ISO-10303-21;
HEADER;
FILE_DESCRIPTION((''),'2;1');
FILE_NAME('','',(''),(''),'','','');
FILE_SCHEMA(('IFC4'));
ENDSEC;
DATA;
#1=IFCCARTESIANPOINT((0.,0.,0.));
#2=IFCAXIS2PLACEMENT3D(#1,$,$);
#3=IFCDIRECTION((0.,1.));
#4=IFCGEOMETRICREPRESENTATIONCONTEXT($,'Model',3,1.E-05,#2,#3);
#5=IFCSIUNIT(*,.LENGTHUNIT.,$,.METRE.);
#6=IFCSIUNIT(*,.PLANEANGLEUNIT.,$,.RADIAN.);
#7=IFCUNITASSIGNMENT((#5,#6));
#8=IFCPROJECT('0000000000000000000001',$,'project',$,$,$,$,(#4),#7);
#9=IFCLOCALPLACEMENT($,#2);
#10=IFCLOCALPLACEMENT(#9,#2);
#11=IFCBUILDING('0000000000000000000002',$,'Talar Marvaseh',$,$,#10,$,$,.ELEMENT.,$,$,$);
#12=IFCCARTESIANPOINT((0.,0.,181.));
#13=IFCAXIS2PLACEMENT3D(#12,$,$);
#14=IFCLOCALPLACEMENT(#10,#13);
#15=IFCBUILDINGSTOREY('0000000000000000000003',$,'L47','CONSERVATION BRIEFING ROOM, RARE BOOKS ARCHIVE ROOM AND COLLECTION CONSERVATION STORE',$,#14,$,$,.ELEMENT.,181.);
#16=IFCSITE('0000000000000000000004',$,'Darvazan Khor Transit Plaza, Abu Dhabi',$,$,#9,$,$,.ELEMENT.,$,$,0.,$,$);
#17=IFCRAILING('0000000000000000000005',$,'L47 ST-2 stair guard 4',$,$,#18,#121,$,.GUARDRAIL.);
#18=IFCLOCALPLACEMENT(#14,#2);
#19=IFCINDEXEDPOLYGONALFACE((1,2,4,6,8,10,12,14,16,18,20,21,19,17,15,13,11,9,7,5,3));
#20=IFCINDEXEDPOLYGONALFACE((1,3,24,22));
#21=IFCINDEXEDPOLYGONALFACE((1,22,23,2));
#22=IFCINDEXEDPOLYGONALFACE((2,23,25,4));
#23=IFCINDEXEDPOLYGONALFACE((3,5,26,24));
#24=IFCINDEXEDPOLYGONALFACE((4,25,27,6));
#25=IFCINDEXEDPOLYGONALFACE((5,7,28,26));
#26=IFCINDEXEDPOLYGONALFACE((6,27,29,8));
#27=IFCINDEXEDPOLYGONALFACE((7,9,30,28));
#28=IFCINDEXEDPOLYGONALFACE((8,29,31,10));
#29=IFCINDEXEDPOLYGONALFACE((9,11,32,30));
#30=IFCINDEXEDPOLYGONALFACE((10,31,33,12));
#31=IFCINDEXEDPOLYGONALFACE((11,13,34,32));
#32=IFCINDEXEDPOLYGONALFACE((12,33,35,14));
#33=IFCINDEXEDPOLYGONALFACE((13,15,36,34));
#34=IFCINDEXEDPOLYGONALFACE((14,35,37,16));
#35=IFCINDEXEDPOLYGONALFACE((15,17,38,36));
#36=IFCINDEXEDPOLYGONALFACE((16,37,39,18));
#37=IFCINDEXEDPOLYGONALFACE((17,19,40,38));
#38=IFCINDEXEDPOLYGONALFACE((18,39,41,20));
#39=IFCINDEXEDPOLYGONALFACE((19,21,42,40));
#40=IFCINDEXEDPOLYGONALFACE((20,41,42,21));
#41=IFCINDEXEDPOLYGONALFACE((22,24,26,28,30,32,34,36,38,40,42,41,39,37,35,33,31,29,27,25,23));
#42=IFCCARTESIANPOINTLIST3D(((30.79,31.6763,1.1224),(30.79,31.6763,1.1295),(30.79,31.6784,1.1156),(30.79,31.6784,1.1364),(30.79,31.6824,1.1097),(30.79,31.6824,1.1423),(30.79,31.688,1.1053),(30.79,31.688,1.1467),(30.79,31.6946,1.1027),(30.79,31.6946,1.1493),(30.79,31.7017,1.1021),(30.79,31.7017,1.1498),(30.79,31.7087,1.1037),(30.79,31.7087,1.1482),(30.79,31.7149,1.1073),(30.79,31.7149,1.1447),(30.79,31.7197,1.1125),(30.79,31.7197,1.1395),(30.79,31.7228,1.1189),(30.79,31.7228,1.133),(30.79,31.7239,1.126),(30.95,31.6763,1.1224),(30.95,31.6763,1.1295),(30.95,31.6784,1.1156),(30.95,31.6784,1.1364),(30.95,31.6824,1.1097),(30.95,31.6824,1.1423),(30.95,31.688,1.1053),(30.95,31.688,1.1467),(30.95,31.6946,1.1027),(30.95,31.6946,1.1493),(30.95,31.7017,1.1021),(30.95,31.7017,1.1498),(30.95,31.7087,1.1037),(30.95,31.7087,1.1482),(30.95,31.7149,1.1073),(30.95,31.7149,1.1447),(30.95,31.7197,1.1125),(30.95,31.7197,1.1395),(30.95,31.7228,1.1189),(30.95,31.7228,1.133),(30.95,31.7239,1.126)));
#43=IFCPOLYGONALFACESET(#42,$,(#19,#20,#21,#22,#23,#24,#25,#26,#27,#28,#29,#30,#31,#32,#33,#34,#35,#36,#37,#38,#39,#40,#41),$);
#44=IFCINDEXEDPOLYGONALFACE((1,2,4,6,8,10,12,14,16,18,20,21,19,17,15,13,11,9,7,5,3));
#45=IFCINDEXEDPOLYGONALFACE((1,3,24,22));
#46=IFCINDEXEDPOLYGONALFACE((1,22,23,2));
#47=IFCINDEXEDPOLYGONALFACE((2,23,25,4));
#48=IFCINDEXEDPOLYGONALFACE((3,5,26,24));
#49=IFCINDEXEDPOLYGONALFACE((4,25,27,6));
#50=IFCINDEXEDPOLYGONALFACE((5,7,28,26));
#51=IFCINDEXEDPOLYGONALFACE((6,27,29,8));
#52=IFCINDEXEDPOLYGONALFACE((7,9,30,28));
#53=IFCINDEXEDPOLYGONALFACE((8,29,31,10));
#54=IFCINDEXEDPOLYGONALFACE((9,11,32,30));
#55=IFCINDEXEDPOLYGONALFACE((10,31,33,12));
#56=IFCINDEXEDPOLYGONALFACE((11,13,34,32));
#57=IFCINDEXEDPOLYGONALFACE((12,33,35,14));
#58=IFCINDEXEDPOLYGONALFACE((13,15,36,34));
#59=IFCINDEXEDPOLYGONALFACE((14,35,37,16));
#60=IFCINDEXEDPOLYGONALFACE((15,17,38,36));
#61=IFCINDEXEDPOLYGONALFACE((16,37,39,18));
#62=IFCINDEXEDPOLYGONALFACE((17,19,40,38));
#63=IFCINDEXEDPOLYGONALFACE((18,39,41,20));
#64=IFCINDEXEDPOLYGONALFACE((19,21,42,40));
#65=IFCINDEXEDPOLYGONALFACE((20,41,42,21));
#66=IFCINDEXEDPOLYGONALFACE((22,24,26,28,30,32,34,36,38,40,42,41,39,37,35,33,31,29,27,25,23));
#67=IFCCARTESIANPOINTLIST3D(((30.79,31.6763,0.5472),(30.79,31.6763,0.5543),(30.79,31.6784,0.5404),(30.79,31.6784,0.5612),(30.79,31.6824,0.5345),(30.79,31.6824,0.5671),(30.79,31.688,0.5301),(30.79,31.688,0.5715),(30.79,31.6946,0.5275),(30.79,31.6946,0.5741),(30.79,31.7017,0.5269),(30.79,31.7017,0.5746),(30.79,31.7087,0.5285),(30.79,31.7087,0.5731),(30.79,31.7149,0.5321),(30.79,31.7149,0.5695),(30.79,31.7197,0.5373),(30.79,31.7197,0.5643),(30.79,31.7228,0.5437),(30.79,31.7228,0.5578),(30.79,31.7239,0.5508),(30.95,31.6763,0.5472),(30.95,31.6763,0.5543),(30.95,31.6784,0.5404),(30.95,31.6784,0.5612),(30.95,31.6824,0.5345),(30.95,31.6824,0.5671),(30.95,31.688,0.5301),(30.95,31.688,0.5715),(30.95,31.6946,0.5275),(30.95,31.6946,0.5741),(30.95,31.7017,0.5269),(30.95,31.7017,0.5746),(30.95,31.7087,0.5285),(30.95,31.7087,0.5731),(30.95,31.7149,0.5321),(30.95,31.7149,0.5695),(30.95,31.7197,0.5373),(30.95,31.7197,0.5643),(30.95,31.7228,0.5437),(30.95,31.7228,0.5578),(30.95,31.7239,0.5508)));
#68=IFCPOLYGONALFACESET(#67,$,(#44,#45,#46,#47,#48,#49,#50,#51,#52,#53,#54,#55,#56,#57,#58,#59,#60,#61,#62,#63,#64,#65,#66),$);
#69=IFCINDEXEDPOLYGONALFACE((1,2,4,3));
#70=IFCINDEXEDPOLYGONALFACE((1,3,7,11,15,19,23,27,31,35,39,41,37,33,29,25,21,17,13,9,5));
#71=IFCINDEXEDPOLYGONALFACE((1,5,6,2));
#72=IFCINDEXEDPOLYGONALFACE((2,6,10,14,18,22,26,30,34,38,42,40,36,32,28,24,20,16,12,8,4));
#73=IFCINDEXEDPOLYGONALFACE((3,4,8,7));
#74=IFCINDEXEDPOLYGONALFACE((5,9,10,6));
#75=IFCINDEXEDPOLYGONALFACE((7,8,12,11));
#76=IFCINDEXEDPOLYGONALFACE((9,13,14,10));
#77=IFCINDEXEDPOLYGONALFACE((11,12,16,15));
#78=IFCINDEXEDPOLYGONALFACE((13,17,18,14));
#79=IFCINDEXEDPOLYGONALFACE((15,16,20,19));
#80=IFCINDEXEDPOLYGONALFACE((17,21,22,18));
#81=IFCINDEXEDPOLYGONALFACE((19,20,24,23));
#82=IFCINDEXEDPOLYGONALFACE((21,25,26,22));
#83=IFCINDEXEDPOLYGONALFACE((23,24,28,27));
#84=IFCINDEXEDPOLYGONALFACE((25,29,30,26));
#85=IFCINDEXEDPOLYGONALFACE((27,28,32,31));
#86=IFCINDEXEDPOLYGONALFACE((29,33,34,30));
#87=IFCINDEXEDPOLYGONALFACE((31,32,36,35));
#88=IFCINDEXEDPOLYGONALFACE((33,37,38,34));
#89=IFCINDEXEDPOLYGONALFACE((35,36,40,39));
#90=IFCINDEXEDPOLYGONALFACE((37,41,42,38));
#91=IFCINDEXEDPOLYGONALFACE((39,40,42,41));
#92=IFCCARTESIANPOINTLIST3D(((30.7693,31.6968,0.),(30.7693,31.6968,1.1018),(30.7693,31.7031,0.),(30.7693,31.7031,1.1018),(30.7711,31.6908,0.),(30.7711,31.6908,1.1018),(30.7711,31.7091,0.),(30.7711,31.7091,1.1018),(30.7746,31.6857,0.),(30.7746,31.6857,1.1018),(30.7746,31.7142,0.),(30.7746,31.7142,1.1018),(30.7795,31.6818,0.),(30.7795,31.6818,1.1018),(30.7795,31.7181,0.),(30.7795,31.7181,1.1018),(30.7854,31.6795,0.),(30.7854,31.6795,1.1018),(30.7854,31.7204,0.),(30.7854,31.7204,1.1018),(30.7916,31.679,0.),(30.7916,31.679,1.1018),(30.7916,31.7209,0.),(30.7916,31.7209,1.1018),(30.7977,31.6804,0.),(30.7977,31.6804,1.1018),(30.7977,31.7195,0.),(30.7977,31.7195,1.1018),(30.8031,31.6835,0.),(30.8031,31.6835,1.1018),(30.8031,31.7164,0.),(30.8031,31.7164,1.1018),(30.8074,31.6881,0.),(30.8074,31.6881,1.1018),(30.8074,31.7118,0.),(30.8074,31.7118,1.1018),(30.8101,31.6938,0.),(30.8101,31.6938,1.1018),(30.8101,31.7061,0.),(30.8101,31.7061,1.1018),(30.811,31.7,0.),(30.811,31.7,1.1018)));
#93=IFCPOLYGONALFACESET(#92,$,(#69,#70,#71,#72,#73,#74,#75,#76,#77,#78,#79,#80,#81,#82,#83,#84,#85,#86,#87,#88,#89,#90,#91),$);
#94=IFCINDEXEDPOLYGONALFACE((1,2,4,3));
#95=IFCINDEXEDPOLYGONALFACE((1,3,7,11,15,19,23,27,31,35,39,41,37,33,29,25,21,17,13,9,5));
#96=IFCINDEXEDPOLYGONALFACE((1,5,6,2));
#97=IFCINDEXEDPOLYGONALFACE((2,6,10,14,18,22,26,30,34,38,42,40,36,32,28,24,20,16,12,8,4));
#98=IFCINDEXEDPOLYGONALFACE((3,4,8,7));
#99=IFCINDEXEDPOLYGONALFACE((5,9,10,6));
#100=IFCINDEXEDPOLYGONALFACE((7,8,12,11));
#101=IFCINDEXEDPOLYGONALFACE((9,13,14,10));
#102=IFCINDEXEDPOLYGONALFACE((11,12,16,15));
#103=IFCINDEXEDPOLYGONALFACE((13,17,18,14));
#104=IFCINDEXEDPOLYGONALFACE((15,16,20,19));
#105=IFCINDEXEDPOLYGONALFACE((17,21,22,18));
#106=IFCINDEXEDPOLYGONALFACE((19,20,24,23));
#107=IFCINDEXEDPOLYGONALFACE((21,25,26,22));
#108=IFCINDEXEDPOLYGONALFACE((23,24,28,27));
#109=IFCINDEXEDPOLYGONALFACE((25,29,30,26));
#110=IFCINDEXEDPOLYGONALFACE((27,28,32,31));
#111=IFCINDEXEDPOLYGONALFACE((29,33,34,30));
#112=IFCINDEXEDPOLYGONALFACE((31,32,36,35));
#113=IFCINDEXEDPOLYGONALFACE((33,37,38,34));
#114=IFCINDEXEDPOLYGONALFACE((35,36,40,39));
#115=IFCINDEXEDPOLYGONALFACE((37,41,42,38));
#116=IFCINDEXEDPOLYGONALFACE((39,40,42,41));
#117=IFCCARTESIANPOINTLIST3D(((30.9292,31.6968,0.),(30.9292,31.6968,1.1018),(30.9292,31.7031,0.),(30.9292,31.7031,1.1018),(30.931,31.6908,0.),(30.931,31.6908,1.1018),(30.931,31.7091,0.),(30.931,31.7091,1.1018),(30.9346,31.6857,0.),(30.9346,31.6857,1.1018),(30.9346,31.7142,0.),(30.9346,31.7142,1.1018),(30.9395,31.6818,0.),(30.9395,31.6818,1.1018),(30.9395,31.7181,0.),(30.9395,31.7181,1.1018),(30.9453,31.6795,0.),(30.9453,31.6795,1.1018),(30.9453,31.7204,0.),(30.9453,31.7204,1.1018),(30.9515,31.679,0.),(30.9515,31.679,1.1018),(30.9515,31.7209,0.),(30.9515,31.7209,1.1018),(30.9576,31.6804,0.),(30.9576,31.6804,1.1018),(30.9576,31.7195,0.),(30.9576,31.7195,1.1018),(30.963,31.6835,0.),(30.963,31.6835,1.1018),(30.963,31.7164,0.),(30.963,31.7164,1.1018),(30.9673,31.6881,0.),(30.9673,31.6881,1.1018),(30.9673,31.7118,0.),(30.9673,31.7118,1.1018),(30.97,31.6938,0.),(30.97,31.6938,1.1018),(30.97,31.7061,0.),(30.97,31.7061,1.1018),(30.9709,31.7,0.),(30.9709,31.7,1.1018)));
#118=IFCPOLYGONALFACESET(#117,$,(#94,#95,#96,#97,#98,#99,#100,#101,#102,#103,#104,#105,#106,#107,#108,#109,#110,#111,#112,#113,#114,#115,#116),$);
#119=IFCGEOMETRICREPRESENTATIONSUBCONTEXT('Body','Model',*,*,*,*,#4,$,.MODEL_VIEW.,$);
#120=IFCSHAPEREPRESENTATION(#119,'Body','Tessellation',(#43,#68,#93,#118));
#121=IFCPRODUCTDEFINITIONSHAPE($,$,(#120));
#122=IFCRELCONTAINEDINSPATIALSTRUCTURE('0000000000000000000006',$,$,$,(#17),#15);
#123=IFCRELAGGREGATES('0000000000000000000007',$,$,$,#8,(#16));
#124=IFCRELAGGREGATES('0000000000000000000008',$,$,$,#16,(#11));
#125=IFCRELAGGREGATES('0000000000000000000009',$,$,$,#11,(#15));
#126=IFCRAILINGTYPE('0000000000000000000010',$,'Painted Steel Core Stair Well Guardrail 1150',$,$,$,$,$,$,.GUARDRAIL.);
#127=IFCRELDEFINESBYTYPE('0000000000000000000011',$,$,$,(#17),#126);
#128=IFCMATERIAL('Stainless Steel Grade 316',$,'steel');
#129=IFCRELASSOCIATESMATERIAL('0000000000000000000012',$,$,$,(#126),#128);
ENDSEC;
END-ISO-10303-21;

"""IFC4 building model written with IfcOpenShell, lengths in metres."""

from ifc_helpers import new_model, si_unit, direction, frame, origin, origin_2d, place, context, subcontext, project, spatial, circle, extrude, material, type_object, element, save


model = new_model("IFC4")

# Units and contexts
model_context = context("Model", 3, precision=1e-05, world=origin(), true_north=direction((0.0, 1.0)))
body_context = subcontext(model_context, "Body", "Model", "MODEL_VIEW")
ifc_project = project(units=[si_unit("LENGTHUNIT", "METRE"), si_unit("PLANEANGLEUNIT", "RADIAN")], contexts=[model_context])

# Site, building, storey
site_placement = place(None, origin())
site = spatial("IfcSite", under=ifc_project, at=site_placement, Name="Darvazan Khor Transit Plaza, Abu Dhabi", CompositionType="ELEMENT", RefElevation=0.0)
building_placement = place(site_placement, origin())
building = spatial("IfcBuilding", under=site, at=building_placement, Name="Talar Marvaseh", CompositionType="ELEMENT")
storey_placement = place(building_placement, frame((0.0, 0.0, 181.0)))
storey = spatial("IfcBuildingStorey", under=building, at=storey_placement, Name="L47", Description="CONSERVATION BRIEFING ROOM, RARE BOOKS ARCHIVE ROOM AND COLLECTION CONSERVATION STORE", CompositionType="ELEMENT", Elevation=181.0)

# Shared definitions
ifc_material_1 = material(Name="Stainless Steel Grade 316", Category="steel")

# Railing
railing_type_1 = type_object("IfcRailingType", Name="Painted Steel Core Stair Well Guardrail 1150", PredefinedType="GUARDRAIL", material=ifc_material_1)
railing_1_placement = place(storey_placement, frame((30.79, 31.7, 0.0)))
element("IfcRailing", 1, at=railing_1_placement, inside=storey, type_object=railing_type_1, Name="L47 ST-2 stair guard 4", PredefinedType="GUARDRAIL", context=body_context, shape_type="SweptSolid", body=[
    extrude(circle(Radius=0.0239, at=origin_2d()), frame((0.0, 0.0, 1.126), z_axis=(1.0, 0.0, 0.0), x_axis=(0.0, 1.0, 0.0)), (0.0, 0.0, 1.0), 0.1599),
    extrude(circle(Radius=0.0239, at=origin_2d()), frame((0.0, 0.0, 0.5508), z_axis=(1.0, 0.0, 0.0), x_axis=(0.0, 1.0, 0.0)), (0.0, 0.0, 1.0), 0.1599),
    extrude(circle(Radius=0.021, at=origin_2d()), origin(), (0.0, 0.0, 1.0), 1.1018),
    extrude(circle(Radius=0.021, at=origin_2d()), frame((0.1599, 0.0, 0.0)), (0.0, 0.0, 1.0), 1.1018),
])

save(model, "model.ifc")
